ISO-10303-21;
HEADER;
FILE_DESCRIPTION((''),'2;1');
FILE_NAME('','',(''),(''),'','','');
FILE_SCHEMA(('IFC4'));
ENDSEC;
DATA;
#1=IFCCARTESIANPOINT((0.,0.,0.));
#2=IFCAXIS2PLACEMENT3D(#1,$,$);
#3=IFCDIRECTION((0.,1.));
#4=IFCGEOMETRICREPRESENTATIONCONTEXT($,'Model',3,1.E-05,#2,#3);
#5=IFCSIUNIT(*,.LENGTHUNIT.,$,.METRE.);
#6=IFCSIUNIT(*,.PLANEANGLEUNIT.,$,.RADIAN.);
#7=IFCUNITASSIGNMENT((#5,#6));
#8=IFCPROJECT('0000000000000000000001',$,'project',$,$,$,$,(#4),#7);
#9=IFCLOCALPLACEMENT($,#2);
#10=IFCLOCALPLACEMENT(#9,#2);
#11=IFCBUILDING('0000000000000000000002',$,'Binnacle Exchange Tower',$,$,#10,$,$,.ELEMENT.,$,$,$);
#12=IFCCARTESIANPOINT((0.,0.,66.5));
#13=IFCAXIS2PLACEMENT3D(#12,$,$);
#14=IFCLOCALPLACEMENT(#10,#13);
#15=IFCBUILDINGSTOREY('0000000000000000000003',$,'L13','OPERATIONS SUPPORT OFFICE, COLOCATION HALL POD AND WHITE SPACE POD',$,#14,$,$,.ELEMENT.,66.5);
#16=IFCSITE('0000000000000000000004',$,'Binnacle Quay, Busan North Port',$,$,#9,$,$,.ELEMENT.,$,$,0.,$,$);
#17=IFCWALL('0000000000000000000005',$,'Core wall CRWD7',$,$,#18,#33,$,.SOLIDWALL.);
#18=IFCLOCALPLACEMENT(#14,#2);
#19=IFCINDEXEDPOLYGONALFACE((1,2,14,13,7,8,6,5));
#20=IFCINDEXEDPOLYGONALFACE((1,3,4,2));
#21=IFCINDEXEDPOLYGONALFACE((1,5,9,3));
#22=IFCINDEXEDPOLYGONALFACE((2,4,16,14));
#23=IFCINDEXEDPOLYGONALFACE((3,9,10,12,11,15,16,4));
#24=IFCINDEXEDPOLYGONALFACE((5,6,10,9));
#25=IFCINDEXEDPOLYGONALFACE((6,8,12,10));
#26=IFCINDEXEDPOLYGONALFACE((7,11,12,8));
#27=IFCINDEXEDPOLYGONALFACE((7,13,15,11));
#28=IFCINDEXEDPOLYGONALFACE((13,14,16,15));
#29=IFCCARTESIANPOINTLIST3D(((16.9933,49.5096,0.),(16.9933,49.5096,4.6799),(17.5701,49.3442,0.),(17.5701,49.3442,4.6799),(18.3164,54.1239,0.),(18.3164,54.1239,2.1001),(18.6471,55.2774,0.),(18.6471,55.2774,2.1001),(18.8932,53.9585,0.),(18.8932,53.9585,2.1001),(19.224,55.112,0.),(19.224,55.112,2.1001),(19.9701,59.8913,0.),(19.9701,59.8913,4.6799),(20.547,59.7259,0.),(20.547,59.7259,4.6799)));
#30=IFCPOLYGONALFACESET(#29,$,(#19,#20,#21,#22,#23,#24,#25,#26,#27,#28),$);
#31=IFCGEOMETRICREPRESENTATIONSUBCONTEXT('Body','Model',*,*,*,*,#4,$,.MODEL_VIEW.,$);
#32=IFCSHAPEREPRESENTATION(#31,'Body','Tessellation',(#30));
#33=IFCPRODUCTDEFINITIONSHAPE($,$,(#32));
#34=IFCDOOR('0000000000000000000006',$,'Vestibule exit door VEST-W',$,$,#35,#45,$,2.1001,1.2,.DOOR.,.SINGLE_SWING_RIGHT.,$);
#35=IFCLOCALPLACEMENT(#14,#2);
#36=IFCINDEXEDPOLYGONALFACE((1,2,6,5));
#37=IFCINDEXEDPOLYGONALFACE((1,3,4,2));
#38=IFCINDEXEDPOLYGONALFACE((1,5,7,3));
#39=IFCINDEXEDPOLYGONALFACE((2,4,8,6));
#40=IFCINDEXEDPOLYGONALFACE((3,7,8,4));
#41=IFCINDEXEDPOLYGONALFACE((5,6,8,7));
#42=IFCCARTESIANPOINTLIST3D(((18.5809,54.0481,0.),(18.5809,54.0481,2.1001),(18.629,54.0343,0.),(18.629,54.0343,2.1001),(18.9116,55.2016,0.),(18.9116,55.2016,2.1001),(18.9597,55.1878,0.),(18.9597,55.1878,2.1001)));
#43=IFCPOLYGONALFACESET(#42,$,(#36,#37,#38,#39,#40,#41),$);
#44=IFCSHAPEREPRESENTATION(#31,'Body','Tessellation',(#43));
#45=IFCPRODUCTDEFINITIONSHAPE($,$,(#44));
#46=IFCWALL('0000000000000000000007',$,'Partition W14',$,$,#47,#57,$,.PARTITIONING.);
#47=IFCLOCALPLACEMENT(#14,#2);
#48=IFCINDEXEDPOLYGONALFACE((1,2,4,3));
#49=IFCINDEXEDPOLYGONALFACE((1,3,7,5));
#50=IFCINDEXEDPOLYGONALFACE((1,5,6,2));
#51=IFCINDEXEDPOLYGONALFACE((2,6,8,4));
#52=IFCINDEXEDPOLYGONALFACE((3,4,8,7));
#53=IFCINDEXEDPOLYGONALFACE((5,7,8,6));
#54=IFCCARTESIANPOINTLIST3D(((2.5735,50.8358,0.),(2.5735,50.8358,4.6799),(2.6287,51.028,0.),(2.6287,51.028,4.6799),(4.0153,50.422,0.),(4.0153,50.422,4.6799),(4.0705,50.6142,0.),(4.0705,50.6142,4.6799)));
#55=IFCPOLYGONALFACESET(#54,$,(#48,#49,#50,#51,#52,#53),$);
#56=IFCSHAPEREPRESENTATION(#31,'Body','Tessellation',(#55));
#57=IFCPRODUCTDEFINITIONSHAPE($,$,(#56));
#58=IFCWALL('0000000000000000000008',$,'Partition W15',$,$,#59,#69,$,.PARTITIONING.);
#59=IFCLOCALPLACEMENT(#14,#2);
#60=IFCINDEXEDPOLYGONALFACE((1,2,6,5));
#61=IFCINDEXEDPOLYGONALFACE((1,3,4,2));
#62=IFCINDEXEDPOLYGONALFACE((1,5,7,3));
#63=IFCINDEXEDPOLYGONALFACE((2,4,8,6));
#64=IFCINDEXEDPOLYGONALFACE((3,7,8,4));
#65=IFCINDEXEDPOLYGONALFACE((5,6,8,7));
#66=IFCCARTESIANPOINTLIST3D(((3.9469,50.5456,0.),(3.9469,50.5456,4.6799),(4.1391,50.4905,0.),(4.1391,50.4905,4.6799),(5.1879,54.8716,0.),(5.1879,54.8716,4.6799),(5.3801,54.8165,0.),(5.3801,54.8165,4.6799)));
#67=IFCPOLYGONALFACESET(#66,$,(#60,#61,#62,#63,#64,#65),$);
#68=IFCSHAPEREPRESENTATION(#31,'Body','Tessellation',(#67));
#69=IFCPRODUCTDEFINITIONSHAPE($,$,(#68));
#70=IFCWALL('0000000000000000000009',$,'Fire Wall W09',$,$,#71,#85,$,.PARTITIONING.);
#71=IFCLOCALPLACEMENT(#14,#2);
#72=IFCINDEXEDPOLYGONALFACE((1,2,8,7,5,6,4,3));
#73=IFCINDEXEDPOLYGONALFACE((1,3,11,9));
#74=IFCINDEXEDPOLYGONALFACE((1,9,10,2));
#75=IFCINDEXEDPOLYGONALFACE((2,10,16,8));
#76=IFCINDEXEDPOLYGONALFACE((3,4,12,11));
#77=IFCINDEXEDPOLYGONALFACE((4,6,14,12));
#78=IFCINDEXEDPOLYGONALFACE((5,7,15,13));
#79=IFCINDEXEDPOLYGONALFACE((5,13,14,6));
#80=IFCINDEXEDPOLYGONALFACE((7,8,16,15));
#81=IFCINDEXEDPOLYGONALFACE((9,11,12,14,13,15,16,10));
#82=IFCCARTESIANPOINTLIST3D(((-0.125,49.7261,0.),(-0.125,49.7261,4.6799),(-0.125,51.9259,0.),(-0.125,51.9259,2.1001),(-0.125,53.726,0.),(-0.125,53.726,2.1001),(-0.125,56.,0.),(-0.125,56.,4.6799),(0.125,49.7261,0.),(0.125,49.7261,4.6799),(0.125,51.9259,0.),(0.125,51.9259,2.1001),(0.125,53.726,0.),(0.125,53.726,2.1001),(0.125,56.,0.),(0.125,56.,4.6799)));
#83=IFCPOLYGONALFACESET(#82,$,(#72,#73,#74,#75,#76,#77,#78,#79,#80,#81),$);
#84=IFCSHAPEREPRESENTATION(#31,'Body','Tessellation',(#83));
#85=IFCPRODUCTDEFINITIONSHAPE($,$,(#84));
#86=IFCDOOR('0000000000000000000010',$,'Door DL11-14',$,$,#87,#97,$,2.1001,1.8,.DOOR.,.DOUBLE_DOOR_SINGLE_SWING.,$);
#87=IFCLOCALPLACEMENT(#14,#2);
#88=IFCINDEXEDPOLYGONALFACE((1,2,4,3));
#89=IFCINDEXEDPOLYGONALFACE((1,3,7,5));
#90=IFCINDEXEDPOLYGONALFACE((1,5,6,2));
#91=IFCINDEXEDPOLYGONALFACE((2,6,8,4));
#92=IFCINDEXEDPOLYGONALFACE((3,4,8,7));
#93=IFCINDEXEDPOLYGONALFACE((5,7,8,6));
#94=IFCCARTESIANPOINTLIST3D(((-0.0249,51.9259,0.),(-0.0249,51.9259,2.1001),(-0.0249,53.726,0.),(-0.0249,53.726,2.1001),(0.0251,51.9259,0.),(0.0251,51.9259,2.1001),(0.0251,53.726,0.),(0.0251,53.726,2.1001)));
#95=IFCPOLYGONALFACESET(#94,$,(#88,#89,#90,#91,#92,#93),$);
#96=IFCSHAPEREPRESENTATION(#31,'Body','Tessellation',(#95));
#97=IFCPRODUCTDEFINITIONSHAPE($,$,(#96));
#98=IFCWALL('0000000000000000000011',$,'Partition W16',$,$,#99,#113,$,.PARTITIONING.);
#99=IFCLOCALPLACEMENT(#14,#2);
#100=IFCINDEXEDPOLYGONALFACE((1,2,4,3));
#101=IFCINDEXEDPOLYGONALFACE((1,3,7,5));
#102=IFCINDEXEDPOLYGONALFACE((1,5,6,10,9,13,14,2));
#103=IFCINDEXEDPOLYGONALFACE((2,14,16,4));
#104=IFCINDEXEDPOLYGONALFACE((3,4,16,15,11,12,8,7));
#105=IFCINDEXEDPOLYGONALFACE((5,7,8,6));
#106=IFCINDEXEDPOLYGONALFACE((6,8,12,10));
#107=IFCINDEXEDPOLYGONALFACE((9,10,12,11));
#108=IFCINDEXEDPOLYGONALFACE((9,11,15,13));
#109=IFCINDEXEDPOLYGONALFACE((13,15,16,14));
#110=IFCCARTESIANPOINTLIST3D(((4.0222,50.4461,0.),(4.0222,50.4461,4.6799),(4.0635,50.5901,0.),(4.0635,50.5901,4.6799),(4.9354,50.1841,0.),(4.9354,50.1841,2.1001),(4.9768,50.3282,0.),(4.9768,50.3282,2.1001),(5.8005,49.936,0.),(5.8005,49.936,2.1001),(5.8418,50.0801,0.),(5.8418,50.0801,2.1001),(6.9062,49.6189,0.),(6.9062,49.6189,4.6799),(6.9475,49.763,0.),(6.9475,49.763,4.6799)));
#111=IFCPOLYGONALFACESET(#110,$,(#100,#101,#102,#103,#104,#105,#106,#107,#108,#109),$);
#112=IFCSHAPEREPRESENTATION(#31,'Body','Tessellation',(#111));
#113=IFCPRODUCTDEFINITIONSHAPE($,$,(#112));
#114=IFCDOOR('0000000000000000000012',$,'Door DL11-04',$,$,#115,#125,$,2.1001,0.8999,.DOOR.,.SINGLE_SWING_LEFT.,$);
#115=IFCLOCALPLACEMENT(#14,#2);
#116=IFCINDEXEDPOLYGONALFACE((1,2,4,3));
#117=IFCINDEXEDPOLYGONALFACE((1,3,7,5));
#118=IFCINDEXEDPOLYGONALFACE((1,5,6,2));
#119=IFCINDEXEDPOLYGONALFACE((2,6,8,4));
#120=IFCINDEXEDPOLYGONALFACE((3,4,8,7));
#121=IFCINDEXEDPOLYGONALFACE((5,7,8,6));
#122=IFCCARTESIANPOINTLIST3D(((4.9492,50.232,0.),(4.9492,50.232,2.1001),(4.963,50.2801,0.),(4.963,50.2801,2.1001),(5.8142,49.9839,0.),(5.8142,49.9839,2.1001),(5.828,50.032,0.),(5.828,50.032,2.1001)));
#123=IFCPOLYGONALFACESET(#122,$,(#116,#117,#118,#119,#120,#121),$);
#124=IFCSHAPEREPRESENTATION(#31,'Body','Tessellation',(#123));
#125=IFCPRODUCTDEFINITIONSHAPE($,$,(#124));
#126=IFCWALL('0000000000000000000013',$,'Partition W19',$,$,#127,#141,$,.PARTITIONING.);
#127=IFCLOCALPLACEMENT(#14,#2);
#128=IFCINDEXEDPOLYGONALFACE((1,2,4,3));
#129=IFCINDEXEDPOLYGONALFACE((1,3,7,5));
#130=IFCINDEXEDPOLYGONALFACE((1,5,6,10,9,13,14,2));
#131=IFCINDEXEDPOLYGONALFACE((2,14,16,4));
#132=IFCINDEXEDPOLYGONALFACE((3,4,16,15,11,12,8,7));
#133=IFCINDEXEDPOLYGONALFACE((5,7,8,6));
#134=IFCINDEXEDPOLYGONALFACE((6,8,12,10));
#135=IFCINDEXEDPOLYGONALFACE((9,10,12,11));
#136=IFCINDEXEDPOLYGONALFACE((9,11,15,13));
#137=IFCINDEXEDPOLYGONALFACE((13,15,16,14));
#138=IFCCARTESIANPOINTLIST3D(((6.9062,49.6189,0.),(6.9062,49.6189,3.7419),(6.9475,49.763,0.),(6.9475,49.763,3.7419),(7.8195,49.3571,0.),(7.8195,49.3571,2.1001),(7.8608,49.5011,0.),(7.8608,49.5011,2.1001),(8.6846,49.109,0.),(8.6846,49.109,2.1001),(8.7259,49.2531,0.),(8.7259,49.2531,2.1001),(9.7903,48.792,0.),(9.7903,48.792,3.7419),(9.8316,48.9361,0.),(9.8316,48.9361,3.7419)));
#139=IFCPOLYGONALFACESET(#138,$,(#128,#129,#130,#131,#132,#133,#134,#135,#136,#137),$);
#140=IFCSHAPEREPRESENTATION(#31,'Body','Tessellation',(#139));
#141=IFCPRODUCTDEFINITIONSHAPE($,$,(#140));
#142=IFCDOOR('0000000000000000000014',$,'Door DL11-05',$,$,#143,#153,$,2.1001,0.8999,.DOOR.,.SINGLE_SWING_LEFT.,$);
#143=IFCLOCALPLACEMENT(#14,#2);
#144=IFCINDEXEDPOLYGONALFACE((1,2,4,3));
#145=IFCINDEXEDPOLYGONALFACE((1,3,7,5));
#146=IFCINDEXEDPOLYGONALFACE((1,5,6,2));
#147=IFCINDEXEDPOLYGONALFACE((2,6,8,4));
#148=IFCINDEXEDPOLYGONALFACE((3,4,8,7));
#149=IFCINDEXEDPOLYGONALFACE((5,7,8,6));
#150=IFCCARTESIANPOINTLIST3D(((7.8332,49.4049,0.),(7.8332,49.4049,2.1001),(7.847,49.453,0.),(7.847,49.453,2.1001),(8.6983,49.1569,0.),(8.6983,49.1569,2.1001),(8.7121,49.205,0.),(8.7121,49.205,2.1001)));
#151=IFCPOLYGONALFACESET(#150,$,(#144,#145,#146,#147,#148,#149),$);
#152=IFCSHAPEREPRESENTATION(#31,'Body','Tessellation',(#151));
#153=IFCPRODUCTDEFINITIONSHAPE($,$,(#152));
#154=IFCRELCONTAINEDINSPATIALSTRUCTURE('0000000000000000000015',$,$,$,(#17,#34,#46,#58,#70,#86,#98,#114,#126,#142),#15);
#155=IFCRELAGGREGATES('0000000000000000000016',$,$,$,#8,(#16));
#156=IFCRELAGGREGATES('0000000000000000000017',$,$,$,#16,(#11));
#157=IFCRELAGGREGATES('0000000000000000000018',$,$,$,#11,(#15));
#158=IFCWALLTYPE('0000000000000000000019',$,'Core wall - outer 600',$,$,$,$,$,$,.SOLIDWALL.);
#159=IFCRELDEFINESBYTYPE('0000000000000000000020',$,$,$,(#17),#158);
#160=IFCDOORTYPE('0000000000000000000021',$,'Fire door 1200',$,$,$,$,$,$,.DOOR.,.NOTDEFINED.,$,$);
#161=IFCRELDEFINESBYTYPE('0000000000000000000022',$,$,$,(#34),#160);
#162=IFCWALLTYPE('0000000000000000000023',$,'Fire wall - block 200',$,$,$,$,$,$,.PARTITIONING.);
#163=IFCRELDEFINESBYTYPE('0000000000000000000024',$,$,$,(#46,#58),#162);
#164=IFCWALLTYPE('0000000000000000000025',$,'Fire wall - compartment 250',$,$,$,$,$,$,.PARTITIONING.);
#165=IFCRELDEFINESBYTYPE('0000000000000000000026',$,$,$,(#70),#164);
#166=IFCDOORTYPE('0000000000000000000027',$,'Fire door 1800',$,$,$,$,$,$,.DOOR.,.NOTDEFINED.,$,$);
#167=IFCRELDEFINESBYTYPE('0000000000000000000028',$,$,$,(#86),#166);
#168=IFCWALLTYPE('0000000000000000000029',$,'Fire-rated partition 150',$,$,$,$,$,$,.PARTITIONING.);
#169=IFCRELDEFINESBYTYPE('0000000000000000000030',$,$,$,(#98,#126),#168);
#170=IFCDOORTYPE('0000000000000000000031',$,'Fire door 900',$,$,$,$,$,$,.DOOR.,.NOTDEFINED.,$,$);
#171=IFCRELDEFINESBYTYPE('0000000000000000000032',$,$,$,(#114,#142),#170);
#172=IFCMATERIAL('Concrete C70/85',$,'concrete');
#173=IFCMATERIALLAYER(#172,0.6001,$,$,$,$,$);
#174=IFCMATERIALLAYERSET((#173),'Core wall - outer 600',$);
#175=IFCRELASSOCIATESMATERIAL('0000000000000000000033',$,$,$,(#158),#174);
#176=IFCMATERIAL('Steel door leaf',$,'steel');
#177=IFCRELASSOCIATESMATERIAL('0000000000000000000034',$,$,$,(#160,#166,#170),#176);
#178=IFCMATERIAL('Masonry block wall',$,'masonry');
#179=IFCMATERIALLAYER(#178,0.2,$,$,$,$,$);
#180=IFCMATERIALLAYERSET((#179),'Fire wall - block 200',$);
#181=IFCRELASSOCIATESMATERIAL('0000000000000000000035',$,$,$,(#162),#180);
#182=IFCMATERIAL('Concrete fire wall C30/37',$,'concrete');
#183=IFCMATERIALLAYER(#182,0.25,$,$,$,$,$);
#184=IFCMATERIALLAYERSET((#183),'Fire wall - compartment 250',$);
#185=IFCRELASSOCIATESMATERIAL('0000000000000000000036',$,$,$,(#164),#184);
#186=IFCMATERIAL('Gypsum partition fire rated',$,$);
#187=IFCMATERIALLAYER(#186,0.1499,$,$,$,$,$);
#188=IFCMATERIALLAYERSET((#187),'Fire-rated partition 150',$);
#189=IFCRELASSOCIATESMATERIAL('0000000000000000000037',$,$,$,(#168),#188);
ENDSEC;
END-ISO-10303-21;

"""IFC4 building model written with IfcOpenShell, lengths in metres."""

from ifc_helpers import new_model, si_unit, direction, frame, frame_2d, origin, place, context, subcontext, project, spatial, rectangle, extrude, material, layer, layer_set, type_object, element, fill, save


model = new_model("IFC4")

# Units and contexts
model_context = context("Model", 3, precision=1e-05, world=origin(), true_north=direction((0.0, 1.0)))
body_context = subcontext(model_context, "Body", "Model", "MODEL_VIEW")
ifc_project = project(units=[si_unit("LENGTHUNIT", "METRE"), si_unit("PLANEANGLEUNIT", "RADIAN")], contexts=[model_context])

# Site, building, storey
site_placement = place(None, origin())
site = spatial("IfcSite", under=ifc_project, at=site_placement, Name="Binnacle Quay, Busan North Port", CompositionType="ELEMENT", RefElevation=0.0)
building_placement = place(site_placement, origin())
building = spatial("IfcBuilding", under=site, at=building_placement, Name="Binnacle Exchange Tower", CompositionType="ELEMENT")
storey_placement = place(building_placement, frame((0.0, 0.0, 66.5)))
storey = spatial("IfcBuildingStorey", under=building, at=storey_placement, Name="L13", Description="OPERATIONS SUPPORT OFFICE, COLOCATION HALL POD AND WHITE SPACE POD", CompositionType="ELEMENT", Elevation=66.5)

# Shared definitions
ifc_material_1 = material(Name="Concrete C70/85", Category="concrete")

# Shared definitions
ifc_layer_1 = layer(ifc_material_1, 0.6001)
ifc_layer_set_1 = layer_set([ifc_layer_1], Name="Core wall - outer 600")
wall_type_1 = type_object("IfcWallType", Name="Core wall - outer 600", PredefinedType="SOLIDWALL", material=ifc_layer_set_1)

# Wall, opening, door
wall_1_placement = place(storey_placement, frame((17.2817, 49.427, 0.0), z_axis=(0.0, 0.0, 1.0), x_axis=(0.275632, 0.961263, 0.0)))
wall_1 = element("IfcWall", 1, at=wall_1_placement, inside=storey, type_object=wall_type_1, Name="Core wall CRWD7", PredefinedType="SOLIDWALL", context=body_context, shape_type="SweptSolid", body=[
    extrude(rectangle(XDim=10.8, YDim=0.6001, at=frame_2d((5.3999, 0.0))), origin(), (0.0, 0.0, 1.0), 4.6799),
])
opening_1_placement = place(wall_1_placement, frame((4.8, 0.0, 0.0)))
opening_1 = element("IfcOpeningElement", 2, at=opening_1_placement, cuts=wall_1, PredefinedType="OPENING", context=body_context, shape_type="SweptSolid", body=[
    extrude(rectangle(XDim=1.2, YDim=2.1001, at=frame_2d((0.6001, 1.05))), frame((0.0, 0.3101, 0.0), z_axis=(0.0, -1.0, 0.0), x_axis=(1.0, 0.0, 0.0)), (0.0, 0.0, 1.0), 0.6201),
])
ifc_material_2 = material(Name="Steel door leaf", Category="steel")
door_type_1 = type_object("IfcDoorType", Name="Fire door 1200", OperationType="NOTDEFINED", PredefinedType="DOOR", material=ifc_material_2)
door_1_placement = place(opening_1_placement, origin())
door_1 = element("IfcDoor", 3, at=door_1_placement, inside=storey, type_object=door_type_1, Name="Vestibule exit door VEST-W", OperationType="SINGLE_SWING_RIGHT", OverallHeight=2.1001, OverallWidth=1.2, PredefinedType="DOOR", context=body_context, shape_type="SweptSolid", body=[
    extrude(rectangle(XDim=1.2, YDim=2.1001, at=frame_2d((0.6001, 1.05))), frame((0.0, 0.0249, 0.0), z_axis=(0.0, -1.0, 0.0), x_axis=(1.0, 0.0, 0.0)), (0.0, 0.0, 1.0), 0.05),
])
fill(opening_1, door_1)

# Walls
ifc_material_3 = material(Name="Masonry block wall", Category="masonry")
ifc_layer_2 = layer(ifc_material_3, 0.2)
ifc_layer_set_2 = layer_set([ifc_layer_2], Name="Fire wall - block 200")
wall_type_2 = type_object("IfcWallType", Name="Fire wall - block 200", PredefinedType="PARTITIONING", material=ifc_layer_set_2)
wall_2_placement = place(storey_placement, frame((2.6011, 50.9319, 0.0), z_axis=(0.0, 0.0, 1.0), x_axis=(0.961198, -0.27586, 0.0)))
element("IfcWall", 4, at=wall_2_placement, inside=storey, type_object=wall_type_2, Name="Partition W14", PredefinedType="PARTITIONING", context=body_context, shape_type="SweptSolid", body=[
    extrude(rectangle(XDim=1.5, YDim=0.2, at=frame_2d((0.75, 0.0))), origin(), (0.0, 0.0, 1.0), 4.6799),
])
wall_3_placement = place(storey_placement, frame((4.043, 50.5181, 0.0), z_axis=(0.0, 0.0, 1.0), x_axis=(0.275746, 0.961231, 0.0)))
element("IfcWall", 5, at=wall_3_placement, inside=storey, type_object=wall_type_2, Name="Partition W15", PredefinedType="PARTITIONING", context=body_context, shape_type="SweptSolid", body=[
    extrude(rectangle(XDim=4.5005, YDim=0.2, at=frame_2d((2.2502, 0.0))), origin(), (0.0, 0.0, 1.0), 4.6799),
])

# Walls, openings, doors
ifc_material_4 = material(Name="Concrete fire wall C30/37", Category="concrete")
ifc_layer_3 = layer(ifc_material_4, 0.25)
ifc_layer_set_3 = layer_set([ifc_layer_3], Name="Fire wall - compartment 250")
wall_type_3 = type_object("IfcWallType", Name="Fire wall - compartment 250", PredefinedType="PARTITIONING", material=ifc_layer_set_3)
wall_4_placement = place(storey_placement, frame((0.0, 49.7261, 0.0), z_axis=(0.0, 0.0, 1.0), x_axis=(0.0, 1.0, 0.0)))
wall_4 = element("IfcWall", 6, at=wall_4_placement, inside=storey, type_object=wall_type_3, Name="Fire Wall W09", PredefinedType="PARTITIONING", context=body_context, shape_type="SweptSolid", body=[
    extrude(rectangle(XDim=6.2739, YDim=0.25, at=frame_2d((3.137, 0.0))), origin(), (0.0, 0.0, 1.0), 4.6799),
])
opening_2_placement = place(wall_4_placement, frame((2.2, 0.0, 0.0)))
opening_2 = element("IfcOpeningElement", 7, at=opening_2_placement, cuts=wall_4, PredefinedType="OPENING", context=body_context, shape_type="SweptSolid", body=[
    extrude(rectangle(XDim=1.8, YDim=2.1001, at=frame_2d((0.8999, 1.05))), frame((0.0, 0.135, 0.0), z_axis=(0.0, -1.0, 0.0), x_axis=(1.0, 0.0, 0.0)), (0.0, 0.0, 1.0), 0.27),
])
door_type_2 = type_object("IfcDoorType", Name="Fire door 1800", OperationType="NOTDEFINED", PredefinedType="DOOR", material=ifc_material_2)
door_2_placement = place(opening_2_placement, origin())
door_2 = element("IfcDoor", 8, at=door_2_placement, inside=storey, type_object=door_type_2, Name="Door DL11-14", OperationType="DOUBLE_DOOR_SINGLE_SWING", OverallHeight=2.1001, OverallWidth=1.8, PredefinedType="DOOR", context=body_context, shape_type="SweptSolid", body=[
    extrude(rectangle(XDim=1.8, YDim=2.1001, at=frame_2d((0.8999, 1.05))), frame((0.0, 0.0249, 0.0), z_axis=(0.0, -1.0, 0.0), x_axis=(1.0, 0.0, 0.0)), (0.0, 0.0, 1.0), 0.05),
])
fill(opening_2, door_2)
ifc_material_5 = material(Name="Gypsum partition fire rated")
ifc_layer_4 = layer(ifc_material_5, 0.1499)
ifc_layer_set_4 = layer_set([ifc_layer_4], Name="Fire-rated partition 150")
wall_type_4 = type_object("IfcWallType", Name="Fire-rated partition 150", PredefinedType="PARTITIONING", material=ifc_layer_set_4)
wall_5_placement = place(storey_placement, frame((4.043, 50.5181, 0.0), z_axis=(0.0, 0.0, 1.0), x_axis=(0.961247, -0.275688, 0.0)))
wall_5 = element("IfcWall", 9, at=wall_5_placement, inside=storey, type_object=wall_type_4, Name="Partition W16", PredefinedType="PARTITIONING", context=body_context, shape_type="SweptSolid", body=[
    extrude(rectangle(XDim=3.0002, YDim=0.1499, at=frame_2d((1.5, 0.0))), origin(), (0.0, 0.0, 1.0), 4.6799),
])
opening_3_placement = place(wall_5_placement, frame((0.95, 0.0, 0.0)))
opening_3 = element("IfcOpeningElement", 10, at=opening_3_placement, cuts=wall_5, PredefinedType="OPENING", context=body_context, shape_type="SweptSolid", body=[
    extrude(rectangle(XDim=0.8999, YDim=2.1001, at=frame_2d((0.45, 1.05))), frame((0.0, 0.085, 0.0), z_axis=(0.0, -1.0, 0.0), x_axis=(1.0, 0.0, 0.0)), (0.0, 0.0, 1.0), 0.1699),
])
door_type_3 = type_object("IfcDoorType", Name="Fire door 900", OperationType="NOTDEFINED", PredefinedType="DOOR", material=ifc_material_2)
door_3_placement = place(opening_3_placement, origin())
door_3 = element("IfcDoor", 11, at=door_3_placement, inside=storey, type_object=door_type_3, Name="Door DL11-04", OperationType="SINGLE_SWING_LEFT", OverallHeight=2.1001, OverallWidth=0.8999, PredefinedType="DOOR", context=body_context, shape_type="SweptSolid", body=[
    extrude(rectangle(XDim=0.8999, YDim=2.1001, at=frame_2d((0.45, 1.05))), frame((0.0, 0.0249, 0.0), z_axis=(0.0, -1.0, 0.0), x_axis=(1.0, 0.0, 0.0)), (0.0, 0.0, 1.0), 0.05),
])
fill(opening_3, door_3)
wall_6_placement = place(storey_placement, frame((6.927, 49.6909, 0.0), z_axis=(0.0, 0.0, 1.0), x_axis=(0.961269, -0.275613, 0.0)))
wall_6 = element("IfcWall", 12, at=wall_6_placement, inside=storey, type_object=wall_type_4, Name="Partition W19", PredefinedType="PARTITIONING", context=body_context, shape_type="SweptSolid", body=[
    extrude(rectangle(XDim=3.0002, YDim=0.1499, at=frame_2d((1.5, 0.0))), origin(), (0.0, 0.0, 1.0), 3.7419),
])
opening_4_placement = place(wall_6_placement, frame((0.95, 0.0, 0.0)))
opening_4 = element("IfcOpeningElement", 13, at=opening_4_placement, cuts=wall_6, PredefinedType="OPENING", context=body_context, shape_type="SweptSolid", body=[
    extrude(rectangle(XDim=0.8999, YDim=2.1001, at=frame_2d((0.45, 1.05))), frame((0.0, 0.085, 0.0), z_axis=(0.0, -1.0, 0.0), x_axis=(1.0, 0.0, 0.0)), (0.0, 0.0, 1.0), 0.1699),
])
door_4_placement = place(opening_4_placement, origin())
door_4 = element("IfcDoor", 14, at=door_4_placement, inside=storey, type_object=door_type_3, Name="Door DL11-05", OperationType="SINGLE_SWING_LEFT", OverallHeight=2.1001, OverallWidth=0.8999, PredefinedType="DOOR", context=body_context, shape_type="SweptSolid", body=[
    extrude(rectangle(XDim=0.8999, YDim=2.1001, at=frame_2d((0.45, 1.05))), frame((0.0, 0.0249, 0.0), z_axis=(0.0, -1.0, 0.0), x_axis=(1.0, 0.0, 0.0)), (0.0, 0.0, 1.0), 0.05),
])
fill(opening_4, door_4)

save(model, "model.ifc")
